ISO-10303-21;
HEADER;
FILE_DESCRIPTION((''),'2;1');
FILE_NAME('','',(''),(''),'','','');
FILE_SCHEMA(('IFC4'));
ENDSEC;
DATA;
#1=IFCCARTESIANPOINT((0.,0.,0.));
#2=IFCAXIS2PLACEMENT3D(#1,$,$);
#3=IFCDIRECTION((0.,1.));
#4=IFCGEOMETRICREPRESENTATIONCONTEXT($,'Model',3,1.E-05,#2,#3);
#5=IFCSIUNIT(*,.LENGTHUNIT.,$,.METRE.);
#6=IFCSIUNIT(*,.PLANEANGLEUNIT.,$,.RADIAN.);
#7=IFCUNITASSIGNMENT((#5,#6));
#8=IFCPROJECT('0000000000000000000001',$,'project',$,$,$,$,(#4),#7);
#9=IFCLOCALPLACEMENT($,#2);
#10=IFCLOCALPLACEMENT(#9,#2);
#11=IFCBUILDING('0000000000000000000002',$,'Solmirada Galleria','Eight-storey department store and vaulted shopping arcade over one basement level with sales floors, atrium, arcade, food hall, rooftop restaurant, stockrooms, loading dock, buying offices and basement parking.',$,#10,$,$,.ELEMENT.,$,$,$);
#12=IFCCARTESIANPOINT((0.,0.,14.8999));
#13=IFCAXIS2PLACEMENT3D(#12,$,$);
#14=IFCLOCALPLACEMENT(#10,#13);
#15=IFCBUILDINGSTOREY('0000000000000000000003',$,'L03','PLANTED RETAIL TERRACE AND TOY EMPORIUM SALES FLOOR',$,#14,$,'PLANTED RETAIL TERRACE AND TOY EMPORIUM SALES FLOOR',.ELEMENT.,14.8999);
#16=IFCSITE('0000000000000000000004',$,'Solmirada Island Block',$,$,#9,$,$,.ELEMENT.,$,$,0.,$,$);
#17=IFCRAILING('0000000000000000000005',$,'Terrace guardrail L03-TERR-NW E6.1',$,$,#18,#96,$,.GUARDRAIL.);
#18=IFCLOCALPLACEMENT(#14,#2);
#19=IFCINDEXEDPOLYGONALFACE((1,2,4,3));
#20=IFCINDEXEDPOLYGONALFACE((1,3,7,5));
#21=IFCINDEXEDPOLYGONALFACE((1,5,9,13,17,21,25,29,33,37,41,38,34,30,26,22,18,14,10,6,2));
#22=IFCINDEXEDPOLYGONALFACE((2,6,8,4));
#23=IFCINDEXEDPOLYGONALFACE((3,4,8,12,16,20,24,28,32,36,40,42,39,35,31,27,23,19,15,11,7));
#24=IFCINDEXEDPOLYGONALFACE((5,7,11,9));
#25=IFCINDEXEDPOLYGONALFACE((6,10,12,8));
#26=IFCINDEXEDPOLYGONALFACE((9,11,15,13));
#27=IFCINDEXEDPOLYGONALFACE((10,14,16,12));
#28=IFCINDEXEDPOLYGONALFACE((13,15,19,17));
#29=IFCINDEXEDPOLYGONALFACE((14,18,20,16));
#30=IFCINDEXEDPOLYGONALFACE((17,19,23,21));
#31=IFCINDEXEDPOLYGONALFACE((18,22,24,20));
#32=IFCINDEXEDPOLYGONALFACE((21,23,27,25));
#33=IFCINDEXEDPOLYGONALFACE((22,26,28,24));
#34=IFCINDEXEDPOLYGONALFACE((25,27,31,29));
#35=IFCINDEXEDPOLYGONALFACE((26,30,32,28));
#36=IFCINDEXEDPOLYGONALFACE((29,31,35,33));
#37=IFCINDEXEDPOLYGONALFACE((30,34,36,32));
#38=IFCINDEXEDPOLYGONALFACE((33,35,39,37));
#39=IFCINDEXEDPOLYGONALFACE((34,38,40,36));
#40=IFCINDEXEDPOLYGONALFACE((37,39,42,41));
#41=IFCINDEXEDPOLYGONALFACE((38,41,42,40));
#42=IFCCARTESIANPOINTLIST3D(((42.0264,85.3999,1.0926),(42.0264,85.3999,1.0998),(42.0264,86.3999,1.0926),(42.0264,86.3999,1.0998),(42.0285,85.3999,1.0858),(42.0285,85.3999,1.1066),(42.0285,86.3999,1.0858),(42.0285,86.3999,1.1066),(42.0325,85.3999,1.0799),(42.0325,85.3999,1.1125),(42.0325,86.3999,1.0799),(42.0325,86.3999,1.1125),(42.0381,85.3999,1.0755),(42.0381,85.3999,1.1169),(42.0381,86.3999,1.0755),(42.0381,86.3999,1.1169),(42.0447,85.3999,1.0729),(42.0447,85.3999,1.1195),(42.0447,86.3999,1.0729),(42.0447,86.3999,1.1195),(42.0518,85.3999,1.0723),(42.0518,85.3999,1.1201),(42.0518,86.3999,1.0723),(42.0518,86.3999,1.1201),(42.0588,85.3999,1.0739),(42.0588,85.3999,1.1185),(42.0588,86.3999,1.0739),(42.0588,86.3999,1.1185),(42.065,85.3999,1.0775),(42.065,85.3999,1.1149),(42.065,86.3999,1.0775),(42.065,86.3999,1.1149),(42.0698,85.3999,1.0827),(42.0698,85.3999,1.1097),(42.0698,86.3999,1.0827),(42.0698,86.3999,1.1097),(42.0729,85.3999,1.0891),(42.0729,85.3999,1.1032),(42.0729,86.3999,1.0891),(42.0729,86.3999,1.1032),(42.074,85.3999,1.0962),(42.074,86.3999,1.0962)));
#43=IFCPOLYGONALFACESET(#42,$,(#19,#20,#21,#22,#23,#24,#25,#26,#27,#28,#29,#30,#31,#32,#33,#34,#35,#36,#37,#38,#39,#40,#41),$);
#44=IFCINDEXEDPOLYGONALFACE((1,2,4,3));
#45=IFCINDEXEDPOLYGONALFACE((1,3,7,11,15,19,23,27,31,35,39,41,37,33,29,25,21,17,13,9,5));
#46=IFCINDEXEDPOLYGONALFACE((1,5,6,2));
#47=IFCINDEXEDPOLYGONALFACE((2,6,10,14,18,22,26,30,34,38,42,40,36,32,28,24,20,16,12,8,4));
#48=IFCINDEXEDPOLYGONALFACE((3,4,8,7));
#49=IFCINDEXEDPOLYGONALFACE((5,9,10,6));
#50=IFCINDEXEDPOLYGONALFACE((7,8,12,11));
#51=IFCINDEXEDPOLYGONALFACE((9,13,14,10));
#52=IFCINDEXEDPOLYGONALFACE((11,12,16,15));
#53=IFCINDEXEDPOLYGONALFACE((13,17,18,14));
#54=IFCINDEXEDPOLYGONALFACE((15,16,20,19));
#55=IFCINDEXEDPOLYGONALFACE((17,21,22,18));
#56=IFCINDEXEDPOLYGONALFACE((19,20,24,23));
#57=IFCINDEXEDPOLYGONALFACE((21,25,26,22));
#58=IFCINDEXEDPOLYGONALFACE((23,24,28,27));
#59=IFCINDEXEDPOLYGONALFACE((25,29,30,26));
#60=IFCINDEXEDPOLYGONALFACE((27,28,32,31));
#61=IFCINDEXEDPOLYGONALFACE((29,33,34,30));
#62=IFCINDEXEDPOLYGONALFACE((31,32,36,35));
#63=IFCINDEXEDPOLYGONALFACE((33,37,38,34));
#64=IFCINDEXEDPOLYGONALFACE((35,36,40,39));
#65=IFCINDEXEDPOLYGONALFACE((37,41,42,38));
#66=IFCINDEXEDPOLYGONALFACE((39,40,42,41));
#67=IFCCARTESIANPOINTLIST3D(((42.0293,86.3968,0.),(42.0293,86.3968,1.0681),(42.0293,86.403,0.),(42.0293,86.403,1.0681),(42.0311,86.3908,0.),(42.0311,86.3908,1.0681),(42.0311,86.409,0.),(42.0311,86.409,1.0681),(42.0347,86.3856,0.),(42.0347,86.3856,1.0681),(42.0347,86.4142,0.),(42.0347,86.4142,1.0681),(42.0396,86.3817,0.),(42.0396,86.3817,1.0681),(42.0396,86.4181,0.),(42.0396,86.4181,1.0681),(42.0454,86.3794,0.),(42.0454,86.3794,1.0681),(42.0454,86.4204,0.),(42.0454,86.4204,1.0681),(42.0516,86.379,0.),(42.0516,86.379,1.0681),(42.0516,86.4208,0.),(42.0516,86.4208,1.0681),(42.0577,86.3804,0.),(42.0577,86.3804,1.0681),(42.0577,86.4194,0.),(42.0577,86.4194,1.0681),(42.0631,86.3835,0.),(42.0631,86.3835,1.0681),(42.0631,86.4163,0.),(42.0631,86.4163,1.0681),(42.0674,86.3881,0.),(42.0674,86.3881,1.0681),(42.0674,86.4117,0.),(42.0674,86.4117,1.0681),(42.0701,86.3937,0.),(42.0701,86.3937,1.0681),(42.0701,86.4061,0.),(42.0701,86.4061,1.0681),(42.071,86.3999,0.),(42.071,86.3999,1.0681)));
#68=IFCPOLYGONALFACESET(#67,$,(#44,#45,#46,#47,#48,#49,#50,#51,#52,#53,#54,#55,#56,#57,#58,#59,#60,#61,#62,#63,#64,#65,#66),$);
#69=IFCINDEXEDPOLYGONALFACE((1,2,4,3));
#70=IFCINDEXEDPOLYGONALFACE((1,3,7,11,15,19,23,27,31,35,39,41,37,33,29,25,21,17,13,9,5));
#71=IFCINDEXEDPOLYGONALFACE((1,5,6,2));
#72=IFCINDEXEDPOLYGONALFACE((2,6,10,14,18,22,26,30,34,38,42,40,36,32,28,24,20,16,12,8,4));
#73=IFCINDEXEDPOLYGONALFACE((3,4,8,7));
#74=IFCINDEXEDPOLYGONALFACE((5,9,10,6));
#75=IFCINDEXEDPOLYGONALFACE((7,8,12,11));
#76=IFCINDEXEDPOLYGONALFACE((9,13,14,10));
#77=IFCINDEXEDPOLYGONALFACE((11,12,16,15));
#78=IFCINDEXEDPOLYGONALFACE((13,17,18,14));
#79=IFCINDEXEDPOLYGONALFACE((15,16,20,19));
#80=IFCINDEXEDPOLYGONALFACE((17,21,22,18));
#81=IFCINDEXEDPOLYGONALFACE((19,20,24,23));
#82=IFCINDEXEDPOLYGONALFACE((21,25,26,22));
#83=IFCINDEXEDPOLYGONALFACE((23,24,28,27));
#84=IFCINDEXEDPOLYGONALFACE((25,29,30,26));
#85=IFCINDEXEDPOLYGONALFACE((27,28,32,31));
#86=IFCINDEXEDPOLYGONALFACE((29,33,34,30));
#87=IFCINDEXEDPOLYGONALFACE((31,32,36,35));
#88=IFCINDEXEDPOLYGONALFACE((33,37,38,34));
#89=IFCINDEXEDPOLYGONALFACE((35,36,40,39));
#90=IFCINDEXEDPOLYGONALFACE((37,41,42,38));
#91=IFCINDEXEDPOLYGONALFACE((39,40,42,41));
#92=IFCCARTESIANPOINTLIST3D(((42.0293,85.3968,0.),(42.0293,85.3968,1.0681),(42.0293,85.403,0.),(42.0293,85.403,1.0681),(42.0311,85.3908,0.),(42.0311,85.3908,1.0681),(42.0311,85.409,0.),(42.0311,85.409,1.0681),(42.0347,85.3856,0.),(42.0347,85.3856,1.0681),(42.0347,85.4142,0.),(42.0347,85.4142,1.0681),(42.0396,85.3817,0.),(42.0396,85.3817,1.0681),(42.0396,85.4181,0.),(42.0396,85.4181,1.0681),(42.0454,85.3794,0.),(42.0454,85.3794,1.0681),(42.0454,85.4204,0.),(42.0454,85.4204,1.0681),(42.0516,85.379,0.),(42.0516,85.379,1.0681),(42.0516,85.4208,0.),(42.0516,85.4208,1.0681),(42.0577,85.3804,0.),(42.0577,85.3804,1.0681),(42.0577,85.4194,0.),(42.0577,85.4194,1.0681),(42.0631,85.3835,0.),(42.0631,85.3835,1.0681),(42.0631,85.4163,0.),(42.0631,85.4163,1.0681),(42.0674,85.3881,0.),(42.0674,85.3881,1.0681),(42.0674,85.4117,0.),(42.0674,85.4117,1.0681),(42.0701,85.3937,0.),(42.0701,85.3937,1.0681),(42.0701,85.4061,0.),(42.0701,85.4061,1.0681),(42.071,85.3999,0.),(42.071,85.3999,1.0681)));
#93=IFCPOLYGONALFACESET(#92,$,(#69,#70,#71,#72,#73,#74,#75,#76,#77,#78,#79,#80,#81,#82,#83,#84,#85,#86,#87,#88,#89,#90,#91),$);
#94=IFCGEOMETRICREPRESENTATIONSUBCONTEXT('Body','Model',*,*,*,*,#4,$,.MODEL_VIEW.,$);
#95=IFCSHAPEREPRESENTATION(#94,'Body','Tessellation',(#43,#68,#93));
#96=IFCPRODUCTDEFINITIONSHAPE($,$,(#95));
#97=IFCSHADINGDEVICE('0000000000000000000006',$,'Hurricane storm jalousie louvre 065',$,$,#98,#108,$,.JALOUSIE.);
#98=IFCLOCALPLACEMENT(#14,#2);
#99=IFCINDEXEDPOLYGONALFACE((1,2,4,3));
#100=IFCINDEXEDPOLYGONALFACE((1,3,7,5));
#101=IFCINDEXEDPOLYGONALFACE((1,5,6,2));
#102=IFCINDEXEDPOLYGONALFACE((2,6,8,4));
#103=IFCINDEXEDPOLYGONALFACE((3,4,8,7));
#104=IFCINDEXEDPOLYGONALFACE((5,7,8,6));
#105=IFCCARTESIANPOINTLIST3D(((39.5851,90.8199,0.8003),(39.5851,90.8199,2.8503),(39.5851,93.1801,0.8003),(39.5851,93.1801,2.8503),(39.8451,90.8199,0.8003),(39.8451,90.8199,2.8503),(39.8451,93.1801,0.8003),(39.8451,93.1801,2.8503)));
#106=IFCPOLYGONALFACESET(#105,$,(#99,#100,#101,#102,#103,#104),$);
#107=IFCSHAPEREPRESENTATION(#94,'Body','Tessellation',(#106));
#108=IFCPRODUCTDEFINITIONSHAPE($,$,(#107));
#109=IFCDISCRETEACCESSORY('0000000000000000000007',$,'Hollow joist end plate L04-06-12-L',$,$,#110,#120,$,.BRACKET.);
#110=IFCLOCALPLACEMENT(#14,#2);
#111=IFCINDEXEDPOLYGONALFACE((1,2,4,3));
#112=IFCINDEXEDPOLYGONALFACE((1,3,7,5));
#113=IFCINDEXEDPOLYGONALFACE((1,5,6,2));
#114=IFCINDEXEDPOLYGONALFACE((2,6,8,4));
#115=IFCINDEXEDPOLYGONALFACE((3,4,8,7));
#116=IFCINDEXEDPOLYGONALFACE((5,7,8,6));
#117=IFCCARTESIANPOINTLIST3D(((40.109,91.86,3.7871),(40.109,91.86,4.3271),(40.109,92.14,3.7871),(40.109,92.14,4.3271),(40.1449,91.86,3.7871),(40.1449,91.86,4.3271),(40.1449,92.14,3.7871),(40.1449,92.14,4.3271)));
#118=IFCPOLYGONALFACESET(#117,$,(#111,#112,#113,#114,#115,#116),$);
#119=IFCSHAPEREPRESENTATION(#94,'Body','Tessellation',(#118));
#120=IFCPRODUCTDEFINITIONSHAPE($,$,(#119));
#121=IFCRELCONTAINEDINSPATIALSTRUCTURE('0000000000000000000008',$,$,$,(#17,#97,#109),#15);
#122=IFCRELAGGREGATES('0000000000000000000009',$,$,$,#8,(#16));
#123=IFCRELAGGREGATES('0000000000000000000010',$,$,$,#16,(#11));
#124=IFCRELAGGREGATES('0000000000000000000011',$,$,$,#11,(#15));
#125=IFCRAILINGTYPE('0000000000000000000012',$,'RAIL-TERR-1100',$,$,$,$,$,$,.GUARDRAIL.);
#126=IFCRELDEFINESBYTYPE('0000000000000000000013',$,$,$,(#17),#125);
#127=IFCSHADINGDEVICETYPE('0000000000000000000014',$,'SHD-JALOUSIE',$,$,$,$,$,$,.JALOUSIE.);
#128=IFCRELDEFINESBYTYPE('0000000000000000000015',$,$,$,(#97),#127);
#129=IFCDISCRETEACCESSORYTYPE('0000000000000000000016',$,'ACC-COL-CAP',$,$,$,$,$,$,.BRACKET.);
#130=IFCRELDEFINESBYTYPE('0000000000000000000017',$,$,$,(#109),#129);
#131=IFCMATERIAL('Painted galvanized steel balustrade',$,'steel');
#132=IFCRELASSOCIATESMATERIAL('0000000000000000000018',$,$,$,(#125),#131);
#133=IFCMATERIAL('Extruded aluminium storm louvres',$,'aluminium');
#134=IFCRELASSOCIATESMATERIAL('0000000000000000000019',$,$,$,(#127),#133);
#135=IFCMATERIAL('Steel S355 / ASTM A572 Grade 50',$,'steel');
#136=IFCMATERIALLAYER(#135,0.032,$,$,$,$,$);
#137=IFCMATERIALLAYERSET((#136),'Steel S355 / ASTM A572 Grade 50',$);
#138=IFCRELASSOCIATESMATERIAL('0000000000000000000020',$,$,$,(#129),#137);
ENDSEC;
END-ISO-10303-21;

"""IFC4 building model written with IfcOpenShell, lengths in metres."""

from ifc_helpers import new_model, si_unit, direction, frame, origin, origin_2d, place, context, subcontext, project, spatial, rectangle, circle, extrude, material, layer, layer_set, type_object, element, save


model = new_model("IFC4")

# Units and contexts
model_context = context("Model", 3, precision=1e-05, world=origin(), true_north=direction((0.0, 1.0)))
body_context = subcontext(model_context, "Body", "Model", "MODEL_VIEW")
ifc_project = project(units=[si_unit("LENGTHUNIT", "METRE"), si_unit("PLANEANGLEUNIT", "RADIAN")], contexts=[model_context])

# Site, building, storey
site_placement = place(None, origin())
site = spatial("IfcSite", under=ifc_project, at=site_placement, Name="Solmirada Island Block", CompositionType="ELEMENT", RefElevation=0.0)
building_placement = place(site_placement, origin())
building = spatial("IfcBuilding", under=site, at=building_placement, Name="Solmirada Galleria", Description="Eight-storey department store and vaulted shopping arcade over one basement level with sales floors, atrium, arcade, food hall, rooftop restaurant, stockrooms, loading dock, buying offices and basement parking.", CompositionType="ELEMENT")
storey_placement = place(building_placement, frame((0.0, 0.0, 14.8999)))
storey = spatial("IfcBuildingStorey", under=building, at=storey_placement, Name="L03", Description="PLANTED RETAIL TERRACE AND TOY EMPORIUM SALES FLOOR", LongName="PLANTED RETAIL TERRACE AND TOY EMPORIUM SALES FLOOR", CompositionType="ELEMENT", Elevation=14.8999)

# Railing
ifc_material_1 = material(Name="Painted galvanized steel balustrade", Category="steel")
railing_type = type_object("IfcRailingType", Name="RAIL-TERR-1100", PredefinedType="GUARDRAIL", material=ifc_material_1)
railing_placement = place(storey_placement, frame((42.05, 86.3999, 0.0)))
element("IfcRailing", 1, at=railing_placement, inside=storey, type_object=railing_type, Name="Terrace guardrail L03-TERR-NW E6.1", PredefinedType="GUARDRAIL", context=body_context, shape_type="SweptSolid", body=[
    extrude(circle(Radius=0.0239, at=origin_2d()), frame((0.0, 0.0, 1.0962), z_axis=(0.0, -1.0, 0.0), x_axis=(1.0, 0.0, 0.0)), (0.0, 0.0, 1.0), 1.0),
    extrude(circle(Radius=0.021, at=origin_2d()), origin(), (0.0, 0.0, 1.0), 1.0681),
    extrude(circle(Radius=0.021, at=origin_2d()), frame((0.0, -1.0, 0.0)), (0.0, 0.0, 1.0), 1.0681),
])

# Shading device
ifc_material_2 = material(Name="Extruded aluminium storm louvres", Category="aluminium")
shading_device_type = type_object("IfcShadingDeviceType", Name="SHD-JALOUSIE", PredefinedType="JALOUSIE", material=ifc_material_2)
shading_device_placement = place(storey_placement, frame((39.7151, 92.0, 0.8003), z_axis=(0.0, 0.0, 1.0), x_axis=(0.0, 1.0, 0.0)))
element("IfcShadingDevice", 2, at=shading_device_placement, inside=storey, type_object=shading_device_type, Name="Hurricane storm jalousie louvre 065", PredefinedType="JALOUSIE", context=body_context, shape_type="SweptSolid", body=[
    extrude(rectangle(XDim=2.3601, YDim=0.26, at=origin_2d()), origin(), (0.0, 0.0, 1.0), 2.05),
])

# Discrete accessory
ifc_material_3 = material(Name="Steel S355 / ASTM A572 Grade 50", Category="steel")
ifc_layer_1 = layer(ifc_material_3, 0.032)
ifc_layer_set_1 = layer_set([ifc_layer_1], Name="Steel S355 / ASTM A572 Grade 50")
discrete_accessory_type = type_object("IfcDiscreteAccessoryType", Name="ACC-COL-CAP", PredefinedType="BRACKET", material=ifc_layer_set_1)
discrete_accessory_placement = place(storey_placement, frame((40.127, 92.0, 3.7871), z_axis=(0.0, 0.0, 1.0), x_axis=(1.0, 0.0, 0.0)))
element("IfcDiscreteAccessory", 3, at=discrete_accessory_placement, inside=storey, type_object=discrete_accessory_type, Name="Hollow joist end plate L04-06-12-L", PredefinedType="BRACKET", context=body_context, shape_type="SweptSolid", body=[
    extrude(rectangle(XDim=0.0359, YDim=0.28, at=origin_2d()), origin(), (0.0, 0.0, 1.0), 0.54),
])

save(model, "model.ifc")
